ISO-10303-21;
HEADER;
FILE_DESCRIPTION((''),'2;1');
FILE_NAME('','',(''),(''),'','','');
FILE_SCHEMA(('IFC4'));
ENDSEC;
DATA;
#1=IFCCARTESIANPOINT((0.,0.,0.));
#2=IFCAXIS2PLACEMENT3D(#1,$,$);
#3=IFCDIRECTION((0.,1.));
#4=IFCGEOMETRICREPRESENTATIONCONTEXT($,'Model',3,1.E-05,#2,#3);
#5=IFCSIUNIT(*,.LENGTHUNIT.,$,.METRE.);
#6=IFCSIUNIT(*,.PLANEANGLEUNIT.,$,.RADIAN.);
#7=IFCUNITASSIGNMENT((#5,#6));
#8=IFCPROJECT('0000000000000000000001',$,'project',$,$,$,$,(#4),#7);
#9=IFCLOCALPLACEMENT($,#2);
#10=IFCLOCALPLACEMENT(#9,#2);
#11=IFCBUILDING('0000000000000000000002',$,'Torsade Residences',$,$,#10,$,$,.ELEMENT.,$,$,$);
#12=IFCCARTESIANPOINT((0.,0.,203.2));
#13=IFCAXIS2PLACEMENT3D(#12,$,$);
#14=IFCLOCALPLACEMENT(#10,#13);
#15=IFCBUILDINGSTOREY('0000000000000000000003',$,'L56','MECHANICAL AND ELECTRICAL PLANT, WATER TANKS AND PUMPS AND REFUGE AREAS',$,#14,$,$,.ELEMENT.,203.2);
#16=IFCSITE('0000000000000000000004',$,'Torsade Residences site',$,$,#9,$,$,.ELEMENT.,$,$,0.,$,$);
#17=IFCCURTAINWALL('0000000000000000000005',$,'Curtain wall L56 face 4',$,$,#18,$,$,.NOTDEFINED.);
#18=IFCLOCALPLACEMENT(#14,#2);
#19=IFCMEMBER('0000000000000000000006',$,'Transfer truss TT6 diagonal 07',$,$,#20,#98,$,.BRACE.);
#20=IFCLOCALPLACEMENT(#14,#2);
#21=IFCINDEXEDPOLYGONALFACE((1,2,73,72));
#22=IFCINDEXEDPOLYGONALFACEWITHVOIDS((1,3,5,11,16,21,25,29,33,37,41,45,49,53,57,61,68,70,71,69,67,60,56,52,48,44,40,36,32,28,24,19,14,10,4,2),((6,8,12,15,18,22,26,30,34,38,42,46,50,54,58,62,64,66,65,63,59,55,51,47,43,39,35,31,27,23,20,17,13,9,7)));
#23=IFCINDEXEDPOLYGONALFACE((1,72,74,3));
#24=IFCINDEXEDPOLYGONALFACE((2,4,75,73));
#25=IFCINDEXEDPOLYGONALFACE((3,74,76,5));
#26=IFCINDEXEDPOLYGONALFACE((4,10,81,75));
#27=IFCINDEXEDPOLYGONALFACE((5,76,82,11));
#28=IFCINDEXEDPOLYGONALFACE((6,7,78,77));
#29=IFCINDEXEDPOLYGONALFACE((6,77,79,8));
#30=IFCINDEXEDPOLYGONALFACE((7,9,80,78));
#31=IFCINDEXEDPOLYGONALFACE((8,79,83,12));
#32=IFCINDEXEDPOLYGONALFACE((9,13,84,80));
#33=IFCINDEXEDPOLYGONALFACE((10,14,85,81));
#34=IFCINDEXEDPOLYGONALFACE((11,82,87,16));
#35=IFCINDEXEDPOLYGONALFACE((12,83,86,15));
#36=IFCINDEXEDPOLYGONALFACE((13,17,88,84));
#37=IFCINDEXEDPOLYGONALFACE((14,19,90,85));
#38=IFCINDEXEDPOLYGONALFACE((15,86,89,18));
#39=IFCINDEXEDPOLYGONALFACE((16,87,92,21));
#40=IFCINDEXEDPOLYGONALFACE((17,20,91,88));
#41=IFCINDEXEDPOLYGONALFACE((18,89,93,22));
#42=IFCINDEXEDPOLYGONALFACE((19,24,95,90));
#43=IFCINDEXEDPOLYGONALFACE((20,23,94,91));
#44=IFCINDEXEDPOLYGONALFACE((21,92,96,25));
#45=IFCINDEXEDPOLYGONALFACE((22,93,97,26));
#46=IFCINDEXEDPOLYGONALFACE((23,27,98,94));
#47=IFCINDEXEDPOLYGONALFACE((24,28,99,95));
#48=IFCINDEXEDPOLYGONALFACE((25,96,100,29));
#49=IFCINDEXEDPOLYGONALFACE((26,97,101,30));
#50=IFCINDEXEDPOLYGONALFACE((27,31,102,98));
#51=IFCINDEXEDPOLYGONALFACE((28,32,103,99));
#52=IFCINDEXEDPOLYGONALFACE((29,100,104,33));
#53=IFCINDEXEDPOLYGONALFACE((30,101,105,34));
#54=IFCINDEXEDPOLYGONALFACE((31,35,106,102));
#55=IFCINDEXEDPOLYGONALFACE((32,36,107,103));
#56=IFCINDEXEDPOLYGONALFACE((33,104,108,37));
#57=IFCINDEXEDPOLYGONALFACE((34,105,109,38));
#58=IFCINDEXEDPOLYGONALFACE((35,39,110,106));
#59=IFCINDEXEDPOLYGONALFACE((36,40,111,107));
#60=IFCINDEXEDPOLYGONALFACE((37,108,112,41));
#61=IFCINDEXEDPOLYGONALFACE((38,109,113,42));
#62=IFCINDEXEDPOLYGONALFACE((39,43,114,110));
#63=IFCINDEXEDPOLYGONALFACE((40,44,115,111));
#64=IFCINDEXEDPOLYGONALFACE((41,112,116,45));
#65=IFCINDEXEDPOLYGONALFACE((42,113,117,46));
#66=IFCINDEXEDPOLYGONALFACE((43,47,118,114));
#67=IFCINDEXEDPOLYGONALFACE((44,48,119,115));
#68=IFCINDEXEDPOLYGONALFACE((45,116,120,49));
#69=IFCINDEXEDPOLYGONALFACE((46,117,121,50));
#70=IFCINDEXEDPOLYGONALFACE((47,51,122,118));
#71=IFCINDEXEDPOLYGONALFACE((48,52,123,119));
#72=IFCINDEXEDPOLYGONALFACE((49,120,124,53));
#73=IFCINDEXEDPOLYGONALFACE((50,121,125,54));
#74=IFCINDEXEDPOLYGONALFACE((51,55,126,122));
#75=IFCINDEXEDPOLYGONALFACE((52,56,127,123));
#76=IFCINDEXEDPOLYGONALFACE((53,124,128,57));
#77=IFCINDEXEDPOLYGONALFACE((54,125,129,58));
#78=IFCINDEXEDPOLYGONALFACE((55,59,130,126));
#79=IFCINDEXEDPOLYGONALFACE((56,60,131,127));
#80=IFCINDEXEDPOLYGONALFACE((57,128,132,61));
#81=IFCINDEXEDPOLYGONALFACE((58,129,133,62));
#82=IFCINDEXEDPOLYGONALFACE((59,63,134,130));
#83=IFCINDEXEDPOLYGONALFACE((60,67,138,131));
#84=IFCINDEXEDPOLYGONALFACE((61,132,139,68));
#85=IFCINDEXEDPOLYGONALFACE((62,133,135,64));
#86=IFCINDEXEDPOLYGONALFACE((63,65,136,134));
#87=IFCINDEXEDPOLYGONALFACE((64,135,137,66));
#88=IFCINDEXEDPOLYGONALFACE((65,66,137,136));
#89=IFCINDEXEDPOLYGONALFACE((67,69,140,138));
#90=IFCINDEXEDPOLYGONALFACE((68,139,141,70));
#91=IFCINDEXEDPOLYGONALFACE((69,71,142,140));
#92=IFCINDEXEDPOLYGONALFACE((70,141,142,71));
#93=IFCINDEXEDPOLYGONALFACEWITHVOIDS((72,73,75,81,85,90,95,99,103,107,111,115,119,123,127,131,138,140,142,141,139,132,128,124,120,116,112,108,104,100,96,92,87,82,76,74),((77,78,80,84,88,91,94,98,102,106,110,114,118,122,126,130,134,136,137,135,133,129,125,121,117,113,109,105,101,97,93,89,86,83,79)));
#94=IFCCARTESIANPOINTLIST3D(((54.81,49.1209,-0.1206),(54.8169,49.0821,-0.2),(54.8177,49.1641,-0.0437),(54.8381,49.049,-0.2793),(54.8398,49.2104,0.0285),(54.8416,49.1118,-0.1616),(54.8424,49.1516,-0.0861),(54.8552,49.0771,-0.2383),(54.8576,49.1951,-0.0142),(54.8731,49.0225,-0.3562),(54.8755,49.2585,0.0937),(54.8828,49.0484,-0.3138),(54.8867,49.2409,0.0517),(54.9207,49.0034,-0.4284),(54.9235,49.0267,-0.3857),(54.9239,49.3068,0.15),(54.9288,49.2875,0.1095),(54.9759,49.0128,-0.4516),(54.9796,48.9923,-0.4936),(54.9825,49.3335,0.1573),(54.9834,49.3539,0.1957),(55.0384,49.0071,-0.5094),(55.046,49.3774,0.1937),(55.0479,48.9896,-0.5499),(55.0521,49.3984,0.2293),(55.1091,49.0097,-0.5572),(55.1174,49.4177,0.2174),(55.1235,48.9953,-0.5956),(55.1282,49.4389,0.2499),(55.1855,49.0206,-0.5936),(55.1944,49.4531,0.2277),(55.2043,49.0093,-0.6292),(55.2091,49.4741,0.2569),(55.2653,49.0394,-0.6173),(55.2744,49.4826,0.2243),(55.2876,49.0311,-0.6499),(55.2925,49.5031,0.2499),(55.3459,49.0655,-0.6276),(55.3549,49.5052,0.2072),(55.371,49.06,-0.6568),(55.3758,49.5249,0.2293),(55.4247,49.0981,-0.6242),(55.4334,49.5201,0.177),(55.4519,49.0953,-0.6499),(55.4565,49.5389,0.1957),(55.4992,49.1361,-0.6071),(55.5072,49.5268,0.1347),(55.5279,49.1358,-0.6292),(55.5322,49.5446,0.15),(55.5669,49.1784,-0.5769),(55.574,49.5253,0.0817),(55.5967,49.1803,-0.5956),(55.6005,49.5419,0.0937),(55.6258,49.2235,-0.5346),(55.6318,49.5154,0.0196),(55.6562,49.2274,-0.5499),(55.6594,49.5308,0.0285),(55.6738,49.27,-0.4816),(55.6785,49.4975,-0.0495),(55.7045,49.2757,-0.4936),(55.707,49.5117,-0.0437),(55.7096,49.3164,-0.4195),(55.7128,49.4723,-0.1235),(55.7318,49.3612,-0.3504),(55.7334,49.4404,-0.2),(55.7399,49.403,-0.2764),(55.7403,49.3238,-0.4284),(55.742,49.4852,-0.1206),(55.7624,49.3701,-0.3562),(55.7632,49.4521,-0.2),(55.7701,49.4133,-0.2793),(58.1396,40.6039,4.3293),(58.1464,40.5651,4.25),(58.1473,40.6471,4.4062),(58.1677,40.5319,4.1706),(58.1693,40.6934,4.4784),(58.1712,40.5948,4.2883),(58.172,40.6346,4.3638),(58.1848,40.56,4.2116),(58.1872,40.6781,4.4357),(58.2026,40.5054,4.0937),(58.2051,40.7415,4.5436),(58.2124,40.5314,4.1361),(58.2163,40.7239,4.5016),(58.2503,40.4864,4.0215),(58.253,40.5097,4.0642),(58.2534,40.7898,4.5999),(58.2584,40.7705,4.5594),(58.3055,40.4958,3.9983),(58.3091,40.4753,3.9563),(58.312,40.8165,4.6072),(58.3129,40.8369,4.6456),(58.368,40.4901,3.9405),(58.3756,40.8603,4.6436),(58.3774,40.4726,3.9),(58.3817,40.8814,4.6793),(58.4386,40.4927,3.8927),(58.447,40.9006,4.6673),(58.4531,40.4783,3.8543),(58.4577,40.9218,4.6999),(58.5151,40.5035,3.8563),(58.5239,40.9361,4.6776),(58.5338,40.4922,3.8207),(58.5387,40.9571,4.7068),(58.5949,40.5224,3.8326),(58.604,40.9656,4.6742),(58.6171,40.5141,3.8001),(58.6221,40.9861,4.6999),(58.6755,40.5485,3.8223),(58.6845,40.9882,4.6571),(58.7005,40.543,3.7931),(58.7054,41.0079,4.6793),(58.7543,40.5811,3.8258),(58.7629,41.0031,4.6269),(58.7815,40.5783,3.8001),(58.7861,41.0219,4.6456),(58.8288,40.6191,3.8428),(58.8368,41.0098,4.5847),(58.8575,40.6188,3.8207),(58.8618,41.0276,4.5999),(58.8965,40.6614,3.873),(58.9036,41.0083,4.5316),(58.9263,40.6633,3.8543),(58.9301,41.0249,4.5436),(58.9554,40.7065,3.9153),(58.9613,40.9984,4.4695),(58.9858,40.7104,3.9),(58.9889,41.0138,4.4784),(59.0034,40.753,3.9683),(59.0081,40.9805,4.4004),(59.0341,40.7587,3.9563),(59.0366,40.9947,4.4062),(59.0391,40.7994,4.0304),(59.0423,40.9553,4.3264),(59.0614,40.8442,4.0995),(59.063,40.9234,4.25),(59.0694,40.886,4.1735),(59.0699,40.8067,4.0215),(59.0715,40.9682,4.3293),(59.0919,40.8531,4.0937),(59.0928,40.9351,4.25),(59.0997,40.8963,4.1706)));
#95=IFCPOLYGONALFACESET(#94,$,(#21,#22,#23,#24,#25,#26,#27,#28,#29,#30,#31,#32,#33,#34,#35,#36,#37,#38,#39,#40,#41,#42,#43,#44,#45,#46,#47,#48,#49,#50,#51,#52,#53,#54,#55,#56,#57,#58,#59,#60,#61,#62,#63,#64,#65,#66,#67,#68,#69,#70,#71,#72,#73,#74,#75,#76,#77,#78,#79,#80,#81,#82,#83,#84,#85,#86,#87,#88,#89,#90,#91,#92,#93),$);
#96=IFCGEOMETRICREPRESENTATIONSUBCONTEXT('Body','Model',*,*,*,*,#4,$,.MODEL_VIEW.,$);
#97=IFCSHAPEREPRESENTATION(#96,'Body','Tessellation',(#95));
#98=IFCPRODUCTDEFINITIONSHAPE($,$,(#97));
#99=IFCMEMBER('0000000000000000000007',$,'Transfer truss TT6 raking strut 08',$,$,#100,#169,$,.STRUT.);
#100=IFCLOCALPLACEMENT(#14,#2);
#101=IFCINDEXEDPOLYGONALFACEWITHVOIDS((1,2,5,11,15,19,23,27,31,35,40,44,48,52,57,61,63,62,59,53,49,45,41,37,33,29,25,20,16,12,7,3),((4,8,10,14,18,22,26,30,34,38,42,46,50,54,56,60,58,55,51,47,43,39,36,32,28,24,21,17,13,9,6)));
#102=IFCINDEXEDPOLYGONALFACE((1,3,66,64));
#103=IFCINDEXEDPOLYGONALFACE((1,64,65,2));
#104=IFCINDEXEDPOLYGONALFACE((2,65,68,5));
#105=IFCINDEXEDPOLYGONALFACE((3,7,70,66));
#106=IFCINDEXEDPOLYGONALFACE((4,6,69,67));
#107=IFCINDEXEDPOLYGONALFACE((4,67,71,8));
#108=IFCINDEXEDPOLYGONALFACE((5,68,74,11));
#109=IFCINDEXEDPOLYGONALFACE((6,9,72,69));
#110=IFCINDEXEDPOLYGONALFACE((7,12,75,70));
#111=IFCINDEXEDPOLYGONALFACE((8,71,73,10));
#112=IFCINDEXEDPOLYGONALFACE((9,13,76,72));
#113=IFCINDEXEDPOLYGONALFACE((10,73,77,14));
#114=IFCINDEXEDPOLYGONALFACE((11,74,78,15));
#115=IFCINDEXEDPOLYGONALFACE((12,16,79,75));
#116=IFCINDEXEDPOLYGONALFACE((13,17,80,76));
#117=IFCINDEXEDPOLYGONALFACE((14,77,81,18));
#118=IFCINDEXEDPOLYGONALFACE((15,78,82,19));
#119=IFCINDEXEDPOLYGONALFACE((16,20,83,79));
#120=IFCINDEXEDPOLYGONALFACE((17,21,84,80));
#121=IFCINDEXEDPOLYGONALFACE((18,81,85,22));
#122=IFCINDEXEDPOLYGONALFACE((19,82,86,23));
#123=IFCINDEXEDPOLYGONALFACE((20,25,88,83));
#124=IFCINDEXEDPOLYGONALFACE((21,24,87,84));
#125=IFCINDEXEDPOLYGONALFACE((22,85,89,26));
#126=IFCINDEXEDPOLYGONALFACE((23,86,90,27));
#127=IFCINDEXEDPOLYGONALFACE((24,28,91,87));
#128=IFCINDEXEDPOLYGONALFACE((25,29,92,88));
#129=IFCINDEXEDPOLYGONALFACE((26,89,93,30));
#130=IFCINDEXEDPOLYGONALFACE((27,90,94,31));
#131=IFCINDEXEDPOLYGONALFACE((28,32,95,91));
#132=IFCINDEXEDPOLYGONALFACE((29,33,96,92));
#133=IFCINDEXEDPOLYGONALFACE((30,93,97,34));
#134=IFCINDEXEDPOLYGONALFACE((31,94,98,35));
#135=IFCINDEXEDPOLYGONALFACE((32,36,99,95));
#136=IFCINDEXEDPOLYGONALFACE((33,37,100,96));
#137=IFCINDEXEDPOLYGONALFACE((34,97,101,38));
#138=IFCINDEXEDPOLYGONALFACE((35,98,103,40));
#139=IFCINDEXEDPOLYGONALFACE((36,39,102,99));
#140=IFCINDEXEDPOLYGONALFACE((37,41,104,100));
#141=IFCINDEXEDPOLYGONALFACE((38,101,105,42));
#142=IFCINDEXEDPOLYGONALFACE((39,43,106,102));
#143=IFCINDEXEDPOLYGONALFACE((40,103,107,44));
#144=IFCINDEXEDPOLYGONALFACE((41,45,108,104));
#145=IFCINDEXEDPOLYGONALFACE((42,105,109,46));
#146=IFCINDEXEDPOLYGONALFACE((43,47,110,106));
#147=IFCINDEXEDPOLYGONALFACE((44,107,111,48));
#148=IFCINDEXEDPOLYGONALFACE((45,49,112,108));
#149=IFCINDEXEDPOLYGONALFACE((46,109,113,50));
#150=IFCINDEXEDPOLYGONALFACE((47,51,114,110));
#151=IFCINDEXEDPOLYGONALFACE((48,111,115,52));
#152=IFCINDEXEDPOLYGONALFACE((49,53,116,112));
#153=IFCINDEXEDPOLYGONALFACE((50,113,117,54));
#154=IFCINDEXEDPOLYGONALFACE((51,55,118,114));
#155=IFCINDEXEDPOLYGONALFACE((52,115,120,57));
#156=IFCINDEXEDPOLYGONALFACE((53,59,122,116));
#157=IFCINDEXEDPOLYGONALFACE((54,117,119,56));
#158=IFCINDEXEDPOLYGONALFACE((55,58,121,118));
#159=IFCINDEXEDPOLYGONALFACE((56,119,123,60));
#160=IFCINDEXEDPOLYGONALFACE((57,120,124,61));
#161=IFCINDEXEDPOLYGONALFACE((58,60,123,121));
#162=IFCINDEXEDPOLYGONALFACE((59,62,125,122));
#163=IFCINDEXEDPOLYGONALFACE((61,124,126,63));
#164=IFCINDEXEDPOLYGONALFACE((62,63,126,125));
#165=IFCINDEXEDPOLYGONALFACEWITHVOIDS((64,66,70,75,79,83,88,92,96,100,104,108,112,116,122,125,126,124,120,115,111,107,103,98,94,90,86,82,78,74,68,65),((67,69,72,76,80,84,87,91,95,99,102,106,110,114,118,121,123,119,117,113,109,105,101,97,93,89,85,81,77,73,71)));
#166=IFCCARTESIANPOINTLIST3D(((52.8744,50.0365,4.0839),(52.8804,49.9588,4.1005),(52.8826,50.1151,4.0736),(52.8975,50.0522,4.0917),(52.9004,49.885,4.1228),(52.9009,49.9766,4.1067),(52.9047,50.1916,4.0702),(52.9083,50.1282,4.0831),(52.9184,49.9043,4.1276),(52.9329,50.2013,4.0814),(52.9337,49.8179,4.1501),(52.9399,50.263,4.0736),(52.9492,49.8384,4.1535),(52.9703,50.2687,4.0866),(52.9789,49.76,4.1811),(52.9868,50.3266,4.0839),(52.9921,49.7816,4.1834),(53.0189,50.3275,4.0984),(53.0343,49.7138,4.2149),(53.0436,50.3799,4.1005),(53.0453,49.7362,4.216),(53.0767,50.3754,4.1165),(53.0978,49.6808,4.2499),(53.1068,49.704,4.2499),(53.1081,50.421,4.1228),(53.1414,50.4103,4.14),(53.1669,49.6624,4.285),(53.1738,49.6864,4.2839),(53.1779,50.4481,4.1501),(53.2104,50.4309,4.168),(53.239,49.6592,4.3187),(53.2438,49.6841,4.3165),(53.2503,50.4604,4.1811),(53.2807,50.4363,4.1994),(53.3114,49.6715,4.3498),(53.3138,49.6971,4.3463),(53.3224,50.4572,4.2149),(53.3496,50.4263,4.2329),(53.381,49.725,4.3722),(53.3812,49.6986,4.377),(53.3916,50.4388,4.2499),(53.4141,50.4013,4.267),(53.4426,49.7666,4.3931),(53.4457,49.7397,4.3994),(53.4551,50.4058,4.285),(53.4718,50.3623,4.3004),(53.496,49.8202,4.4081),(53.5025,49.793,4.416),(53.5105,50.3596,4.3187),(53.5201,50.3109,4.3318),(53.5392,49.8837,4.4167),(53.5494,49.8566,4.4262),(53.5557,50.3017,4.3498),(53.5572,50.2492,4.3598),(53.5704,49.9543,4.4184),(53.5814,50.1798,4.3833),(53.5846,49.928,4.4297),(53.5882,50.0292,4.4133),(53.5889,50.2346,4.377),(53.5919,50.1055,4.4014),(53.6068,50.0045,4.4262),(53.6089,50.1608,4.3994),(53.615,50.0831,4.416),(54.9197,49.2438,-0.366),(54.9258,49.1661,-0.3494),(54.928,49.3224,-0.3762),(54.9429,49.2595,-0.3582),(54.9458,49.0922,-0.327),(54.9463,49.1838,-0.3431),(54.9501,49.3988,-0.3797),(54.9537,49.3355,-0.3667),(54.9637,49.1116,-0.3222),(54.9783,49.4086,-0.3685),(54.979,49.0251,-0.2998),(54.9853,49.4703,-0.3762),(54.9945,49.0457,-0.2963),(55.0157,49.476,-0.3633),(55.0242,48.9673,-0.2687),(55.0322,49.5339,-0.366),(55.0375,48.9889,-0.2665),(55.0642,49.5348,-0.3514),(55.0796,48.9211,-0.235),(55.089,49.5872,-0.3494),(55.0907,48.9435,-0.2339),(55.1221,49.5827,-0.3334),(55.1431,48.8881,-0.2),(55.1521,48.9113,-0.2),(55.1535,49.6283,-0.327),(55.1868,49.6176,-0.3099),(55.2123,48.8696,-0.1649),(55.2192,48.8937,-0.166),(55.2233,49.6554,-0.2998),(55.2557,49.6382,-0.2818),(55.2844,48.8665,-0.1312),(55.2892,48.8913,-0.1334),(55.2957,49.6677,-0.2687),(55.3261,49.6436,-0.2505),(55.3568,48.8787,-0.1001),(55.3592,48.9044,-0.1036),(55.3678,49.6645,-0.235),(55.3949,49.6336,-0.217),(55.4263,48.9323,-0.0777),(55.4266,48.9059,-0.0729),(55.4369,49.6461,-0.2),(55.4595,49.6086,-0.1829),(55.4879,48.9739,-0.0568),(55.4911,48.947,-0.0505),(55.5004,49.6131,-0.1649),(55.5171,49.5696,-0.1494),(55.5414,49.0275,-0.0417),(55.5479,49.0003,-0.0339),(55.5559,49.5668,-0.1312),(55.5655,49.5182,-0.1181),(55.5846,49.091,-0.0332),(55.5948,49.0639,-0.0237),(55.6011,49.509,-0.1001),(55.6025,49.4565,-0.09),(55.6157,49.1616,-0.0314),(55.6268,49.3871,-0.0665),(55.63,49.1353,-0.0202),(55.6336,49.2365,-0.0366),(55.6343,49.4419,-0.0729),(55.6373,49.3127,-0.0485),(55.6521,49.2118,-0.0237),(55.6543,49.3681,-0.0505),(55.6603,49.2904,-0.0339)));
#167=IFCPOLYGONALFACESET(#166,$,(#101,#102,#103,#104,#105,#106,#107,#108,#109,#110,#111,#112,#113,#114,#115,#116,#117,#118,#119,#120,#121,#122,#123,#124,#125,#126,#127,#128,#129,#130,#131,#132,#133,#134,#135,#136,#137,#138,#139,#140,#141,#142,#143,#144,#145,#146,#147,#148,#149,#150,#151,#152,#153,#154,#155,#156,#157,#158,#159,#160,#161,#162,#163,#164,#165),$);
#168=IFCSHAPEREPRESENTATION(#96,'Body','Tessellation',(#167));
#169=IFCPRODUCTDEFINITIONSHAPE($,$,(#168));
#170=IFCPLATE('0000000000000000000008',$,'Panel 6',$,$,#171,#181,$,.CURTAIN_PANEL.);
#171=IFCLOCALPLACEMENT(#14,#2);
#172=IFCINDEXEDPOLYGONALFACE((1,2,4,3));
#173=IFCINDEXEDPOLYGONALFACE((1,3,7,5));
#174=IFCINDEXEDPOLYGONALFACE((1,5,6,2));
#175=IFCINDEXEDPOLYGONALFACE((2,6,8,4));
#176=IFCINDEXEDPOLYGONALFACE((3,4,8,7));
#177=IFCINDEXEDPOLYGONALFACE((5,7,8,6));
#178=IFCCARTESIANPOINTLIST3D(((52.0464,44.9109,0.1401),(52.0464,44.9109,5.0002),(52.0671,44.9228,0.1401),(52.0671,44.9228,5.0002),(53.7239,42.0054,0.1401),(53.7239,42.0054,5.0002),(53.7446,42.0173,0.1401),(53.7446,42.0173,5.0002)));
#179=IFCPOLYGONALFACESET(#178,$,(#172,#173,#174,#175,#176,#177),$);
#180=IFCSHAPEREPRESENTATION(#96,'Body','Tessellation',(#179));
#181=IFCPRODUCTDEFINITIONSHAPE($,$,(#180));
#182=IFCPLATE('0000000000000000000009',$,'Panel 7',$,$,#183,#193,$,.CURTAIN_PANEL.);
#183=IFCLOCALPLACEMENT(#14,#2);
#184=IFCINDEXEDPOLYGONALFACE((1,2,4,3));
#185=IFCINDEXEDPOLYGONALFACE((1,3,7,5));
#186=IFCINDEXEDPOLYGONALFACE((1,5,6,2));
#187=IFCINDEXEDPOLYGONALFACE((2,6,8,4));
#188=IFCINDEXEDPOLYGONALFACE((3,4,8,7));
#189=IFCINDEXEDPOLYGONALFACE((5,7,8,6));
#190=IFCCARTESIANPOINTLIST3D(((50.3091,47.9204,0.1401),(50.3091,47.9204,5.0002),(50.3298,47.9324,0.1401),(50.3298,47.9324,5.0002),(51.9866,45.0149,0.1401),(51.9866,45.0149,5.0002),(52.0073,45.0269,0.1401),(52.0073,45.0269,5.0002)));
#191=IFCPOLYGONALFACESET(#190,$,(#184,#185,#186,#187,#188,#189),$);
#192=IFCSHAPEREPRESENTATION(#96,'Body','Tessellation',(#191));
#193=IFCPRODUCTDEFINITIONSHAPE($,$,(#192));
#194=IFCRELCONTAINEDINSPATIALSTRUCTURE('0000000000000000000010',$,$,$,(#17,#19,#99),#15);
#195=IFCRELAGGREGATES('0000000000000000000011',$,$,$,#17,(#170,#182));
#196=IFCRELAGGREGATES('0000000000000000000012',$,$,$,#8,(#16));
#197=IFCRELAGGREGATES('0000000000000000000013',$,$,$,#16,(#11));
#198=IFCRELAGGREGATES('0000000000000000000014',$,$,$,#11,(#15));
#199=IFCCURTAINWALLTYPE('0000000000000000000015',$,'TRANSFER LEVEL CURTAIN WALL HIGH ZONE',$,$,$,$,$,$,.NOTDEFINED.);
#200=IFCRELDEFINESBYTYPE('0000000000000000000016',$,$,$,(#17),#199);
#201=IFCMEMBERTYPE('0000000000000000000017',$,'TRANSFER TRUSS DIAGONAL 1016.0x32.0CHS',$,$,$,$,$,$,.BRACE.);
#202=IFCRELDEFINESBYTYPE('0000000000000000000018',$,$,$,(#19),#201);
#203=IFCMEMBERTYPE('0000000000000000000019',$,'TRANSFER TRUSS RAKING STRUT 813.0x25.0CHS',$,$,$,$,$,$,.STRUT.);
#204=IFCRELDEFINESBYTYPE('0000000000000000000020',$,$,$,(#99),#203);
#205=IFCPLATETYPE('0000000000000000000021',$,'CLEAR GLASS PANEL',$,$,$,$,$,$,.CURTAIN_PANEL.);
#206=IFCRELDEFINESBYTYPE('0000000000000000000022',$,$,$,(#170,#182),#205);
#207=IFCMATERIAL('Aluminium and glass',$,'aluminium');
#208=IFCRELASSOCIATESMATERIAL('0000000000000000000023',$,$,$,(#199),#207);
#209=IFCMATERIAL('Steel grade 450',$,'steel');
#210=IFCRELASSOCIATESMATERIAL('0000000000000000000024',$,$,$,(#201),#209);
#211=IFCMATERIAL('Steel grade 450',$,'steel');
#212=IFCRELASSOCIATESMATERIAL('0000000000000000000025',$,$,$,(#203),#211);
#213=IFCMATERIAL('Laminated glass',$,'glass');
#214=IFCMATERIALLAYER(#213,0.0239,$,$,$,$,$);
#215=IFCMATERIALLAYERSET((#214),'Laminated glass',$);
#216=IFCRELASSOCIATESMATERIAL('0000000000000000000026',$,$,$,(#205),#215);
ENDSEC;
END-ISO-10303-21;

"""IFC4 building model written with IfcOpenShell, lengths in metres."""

from ifc_helpers import new_model, si_unit, direction, frame, origin, origin_2d, place, context, subcontext, project, spatial, rectangle, hollow_circle, extrude, material, layer, layer_set, material_profile, profile_set, type_object, element, aggregate, save


model = new_model("IFC4")

# Units and contexts
model_context = context("Model", 3, precision=1e-05, world=origin(), true_north=direction((0.0, 1.0)))
body_context = subcontext(model_context, "Body", "Model", "MODEL_VIEW")
ifc_project = project(units=[si_unit("LENGTHUNIT", "METRE"), si_unit("PLANEANGLEUNIT", "RADIAN")], contexts=[model_context])

# Site, building, storey
site_placement = place(None, origin())
site = spatial("IfcSite", under=ifc_project, at=site_placement, Name="Torsade Residences site", CompositionType="ELEMENT", RefElevation=0.0)
building_placement = place(site_placement, origin())
building = spatial("IfcBuilding", under=site, at=building_placement, Name="Torsade Residences", CompositionType="ELEMENT")
storey_placement = place(building_placement, frame((0.0, 0.0, 203.2)))
storey = spatial("IfcBuildingStorey", under=building, at=storey_placement, Name="L56", Description="MECHANICAL AND ELECTRICAL PLANT, WATER TANKS AND PUMPS AND REFUGE AREAS", CompositionType="ELEMENT", Elevation=203.2)

# Curtain wall
ifc_material_1 = material(Name="Aluminium and glass", Category="aluminium")
curtain_wall_type = type_object("IfcCurtainWallType", Name="TRANSFER LEVEL CURTAIN WALL HIGH ZONE", PredefinedType="NOTDEFINED", material=ifc_material_1)
curtain_wall_1_placement = place(storey_placement, origin())
curtain_wall_1 = element("IfcCurtainWall", 1, at=curtain_wall_1_placement, inside=storey, type_object=curtain_wall_type, Name="Curtain wall L56 face 4", PredefinedType="NOTDEFINED")

# Members
ifc_material_2 = material(Name="Steel grade 450", Category="steel")
ifc_material_profile_1 = material_profile(ifc_material_2, hollow_circle(Radius=0.5081, WallThickness=0.032, at=origin_2d()), Name="1016.0x32.0CHS")
ifc_profile_set_1 = profile_set([ifc_material_profile_1], Name="Steel grade 450")
member_type_1 = type_object("IfcMemberType", Name="TRANSFER TRUSS DIAGONAL 1016.0x32.0CHS", PredefinedType="BRACE", material=ifc_profile_set_1)
member_1_placement = place(storey_placement, frame((55.29, 49.2671, -0.2), z_axis=(0.327393, -0.837471, 0.437556), x_axis=(0.931361, 0.364097, 0.0)))
element("IfcMember", 2, at=member_1_placement, inside=storey, type_object=member_type_1, Name="Transfer truss TT6 diagonal 07", PredefinedType="BRACE", context=body_context, shape_type="SweptSolid", body=[
    extrude(hollow_circle(Radius=0.5081, WallThickness=0.032, at=origin_2d()), origin(), (0.0, 0.0, 1.0), 10.1699),
])
ifc_material_3 = material(Name="Steel grade 450", Category="steel")
ifc_material_profile_2 = material_profile(ifc_material_3, hollow_circle(Radius=0.4065, WallThickness=0.0249, at=origin_2d()), Name="813.0x25.0CHS")
ifc_profile_set_2 = profile_set([ifc_material_profile_2], Name="Steel grade 450")
member_type_2 = type_object("IfcMemberType", Name="TRANSFER TRUSS RAKING STRUT 813.0x25.0CHS", PredefinedType="STRUT", material=ifc_profile_set_2)
member_2_placement = place(storey_placement, frame((55.29, 49.2671, -0.2), z_axis=(-0.412276, 0.159783, 0.896938), x_axis=(-0.361372, -0.932422, 0.0)))
element("IfcMember", 3, at=member_2_placement, inside=storey, type_object=member_type_2, Name="Transfer truss TT6 raking strut 08", PredefinedType="STRUT", context=body_context, shape_type="SweptSolid", body=[
    extrude(hollow_circle(Radius=0.4065, WallThickness=0.0249, at=origin_2d()), origin(), (0.0, 0.0, 1.0), 4.9612),
])

# Plates
ifc_material_4 = material(Name="Laminated glass", Category="glass")
ifc_layer_1 = layer(ifc_material_4, 0.0239)
ifc_layer_set_1 = layer_set([ifc_layer_1], Name="Laminated glass")
plate_type = type_object("IfcPlateType", Name="CLEAR GLASS PANEL", PredefinedType="CURTAIN_PANEL", material=ifc_layer_set_1)
plate_1_placement = place(storey_placement, frame((52.8955, 43.4641, 0.1401), z_axis=(0.0, 0.0, 1.0), x_axis=(-0.5, 0.866025, 0.0)))
plate_1 = element("IfcPlate", 4, at=plate_1_placement, type_object=plate_type, Name="Panel 6", PredefinedType="CURTAIN_PANEL", context=body_context, shape_type="SweptSolid", body=[
    extrude(rectangle(XDim=3.355, YDim=0.0239, at=origin_2d()), origin(), (0.0, 0.0, 1.0), 4.8601),
])
plate_2_placement = place(storey_placement, frame((51.1582, 46.4736, 0.1401), z_axis=(0.0, 0.0, 1.0), x_axis=(-0.5, 0.866025, 0.0)))
plate_2 = element("IfcPlate", 5, at=plate_2_placement, type_object=plate_type, Name="Panel 7", PredefinedType="CURTAIN_PANEL", context=body_context, shape_type="SweptSolid", body=[
    extrude(rectangle(XDim=3.355, YDim=0.0239, at=origin_2d()), origin(), (0.0, 0.0, 1.0), 4.8601),
])
aggregate(curtain_wall_1, [plate_1, plate_2])

save(model, "model.ifc")
